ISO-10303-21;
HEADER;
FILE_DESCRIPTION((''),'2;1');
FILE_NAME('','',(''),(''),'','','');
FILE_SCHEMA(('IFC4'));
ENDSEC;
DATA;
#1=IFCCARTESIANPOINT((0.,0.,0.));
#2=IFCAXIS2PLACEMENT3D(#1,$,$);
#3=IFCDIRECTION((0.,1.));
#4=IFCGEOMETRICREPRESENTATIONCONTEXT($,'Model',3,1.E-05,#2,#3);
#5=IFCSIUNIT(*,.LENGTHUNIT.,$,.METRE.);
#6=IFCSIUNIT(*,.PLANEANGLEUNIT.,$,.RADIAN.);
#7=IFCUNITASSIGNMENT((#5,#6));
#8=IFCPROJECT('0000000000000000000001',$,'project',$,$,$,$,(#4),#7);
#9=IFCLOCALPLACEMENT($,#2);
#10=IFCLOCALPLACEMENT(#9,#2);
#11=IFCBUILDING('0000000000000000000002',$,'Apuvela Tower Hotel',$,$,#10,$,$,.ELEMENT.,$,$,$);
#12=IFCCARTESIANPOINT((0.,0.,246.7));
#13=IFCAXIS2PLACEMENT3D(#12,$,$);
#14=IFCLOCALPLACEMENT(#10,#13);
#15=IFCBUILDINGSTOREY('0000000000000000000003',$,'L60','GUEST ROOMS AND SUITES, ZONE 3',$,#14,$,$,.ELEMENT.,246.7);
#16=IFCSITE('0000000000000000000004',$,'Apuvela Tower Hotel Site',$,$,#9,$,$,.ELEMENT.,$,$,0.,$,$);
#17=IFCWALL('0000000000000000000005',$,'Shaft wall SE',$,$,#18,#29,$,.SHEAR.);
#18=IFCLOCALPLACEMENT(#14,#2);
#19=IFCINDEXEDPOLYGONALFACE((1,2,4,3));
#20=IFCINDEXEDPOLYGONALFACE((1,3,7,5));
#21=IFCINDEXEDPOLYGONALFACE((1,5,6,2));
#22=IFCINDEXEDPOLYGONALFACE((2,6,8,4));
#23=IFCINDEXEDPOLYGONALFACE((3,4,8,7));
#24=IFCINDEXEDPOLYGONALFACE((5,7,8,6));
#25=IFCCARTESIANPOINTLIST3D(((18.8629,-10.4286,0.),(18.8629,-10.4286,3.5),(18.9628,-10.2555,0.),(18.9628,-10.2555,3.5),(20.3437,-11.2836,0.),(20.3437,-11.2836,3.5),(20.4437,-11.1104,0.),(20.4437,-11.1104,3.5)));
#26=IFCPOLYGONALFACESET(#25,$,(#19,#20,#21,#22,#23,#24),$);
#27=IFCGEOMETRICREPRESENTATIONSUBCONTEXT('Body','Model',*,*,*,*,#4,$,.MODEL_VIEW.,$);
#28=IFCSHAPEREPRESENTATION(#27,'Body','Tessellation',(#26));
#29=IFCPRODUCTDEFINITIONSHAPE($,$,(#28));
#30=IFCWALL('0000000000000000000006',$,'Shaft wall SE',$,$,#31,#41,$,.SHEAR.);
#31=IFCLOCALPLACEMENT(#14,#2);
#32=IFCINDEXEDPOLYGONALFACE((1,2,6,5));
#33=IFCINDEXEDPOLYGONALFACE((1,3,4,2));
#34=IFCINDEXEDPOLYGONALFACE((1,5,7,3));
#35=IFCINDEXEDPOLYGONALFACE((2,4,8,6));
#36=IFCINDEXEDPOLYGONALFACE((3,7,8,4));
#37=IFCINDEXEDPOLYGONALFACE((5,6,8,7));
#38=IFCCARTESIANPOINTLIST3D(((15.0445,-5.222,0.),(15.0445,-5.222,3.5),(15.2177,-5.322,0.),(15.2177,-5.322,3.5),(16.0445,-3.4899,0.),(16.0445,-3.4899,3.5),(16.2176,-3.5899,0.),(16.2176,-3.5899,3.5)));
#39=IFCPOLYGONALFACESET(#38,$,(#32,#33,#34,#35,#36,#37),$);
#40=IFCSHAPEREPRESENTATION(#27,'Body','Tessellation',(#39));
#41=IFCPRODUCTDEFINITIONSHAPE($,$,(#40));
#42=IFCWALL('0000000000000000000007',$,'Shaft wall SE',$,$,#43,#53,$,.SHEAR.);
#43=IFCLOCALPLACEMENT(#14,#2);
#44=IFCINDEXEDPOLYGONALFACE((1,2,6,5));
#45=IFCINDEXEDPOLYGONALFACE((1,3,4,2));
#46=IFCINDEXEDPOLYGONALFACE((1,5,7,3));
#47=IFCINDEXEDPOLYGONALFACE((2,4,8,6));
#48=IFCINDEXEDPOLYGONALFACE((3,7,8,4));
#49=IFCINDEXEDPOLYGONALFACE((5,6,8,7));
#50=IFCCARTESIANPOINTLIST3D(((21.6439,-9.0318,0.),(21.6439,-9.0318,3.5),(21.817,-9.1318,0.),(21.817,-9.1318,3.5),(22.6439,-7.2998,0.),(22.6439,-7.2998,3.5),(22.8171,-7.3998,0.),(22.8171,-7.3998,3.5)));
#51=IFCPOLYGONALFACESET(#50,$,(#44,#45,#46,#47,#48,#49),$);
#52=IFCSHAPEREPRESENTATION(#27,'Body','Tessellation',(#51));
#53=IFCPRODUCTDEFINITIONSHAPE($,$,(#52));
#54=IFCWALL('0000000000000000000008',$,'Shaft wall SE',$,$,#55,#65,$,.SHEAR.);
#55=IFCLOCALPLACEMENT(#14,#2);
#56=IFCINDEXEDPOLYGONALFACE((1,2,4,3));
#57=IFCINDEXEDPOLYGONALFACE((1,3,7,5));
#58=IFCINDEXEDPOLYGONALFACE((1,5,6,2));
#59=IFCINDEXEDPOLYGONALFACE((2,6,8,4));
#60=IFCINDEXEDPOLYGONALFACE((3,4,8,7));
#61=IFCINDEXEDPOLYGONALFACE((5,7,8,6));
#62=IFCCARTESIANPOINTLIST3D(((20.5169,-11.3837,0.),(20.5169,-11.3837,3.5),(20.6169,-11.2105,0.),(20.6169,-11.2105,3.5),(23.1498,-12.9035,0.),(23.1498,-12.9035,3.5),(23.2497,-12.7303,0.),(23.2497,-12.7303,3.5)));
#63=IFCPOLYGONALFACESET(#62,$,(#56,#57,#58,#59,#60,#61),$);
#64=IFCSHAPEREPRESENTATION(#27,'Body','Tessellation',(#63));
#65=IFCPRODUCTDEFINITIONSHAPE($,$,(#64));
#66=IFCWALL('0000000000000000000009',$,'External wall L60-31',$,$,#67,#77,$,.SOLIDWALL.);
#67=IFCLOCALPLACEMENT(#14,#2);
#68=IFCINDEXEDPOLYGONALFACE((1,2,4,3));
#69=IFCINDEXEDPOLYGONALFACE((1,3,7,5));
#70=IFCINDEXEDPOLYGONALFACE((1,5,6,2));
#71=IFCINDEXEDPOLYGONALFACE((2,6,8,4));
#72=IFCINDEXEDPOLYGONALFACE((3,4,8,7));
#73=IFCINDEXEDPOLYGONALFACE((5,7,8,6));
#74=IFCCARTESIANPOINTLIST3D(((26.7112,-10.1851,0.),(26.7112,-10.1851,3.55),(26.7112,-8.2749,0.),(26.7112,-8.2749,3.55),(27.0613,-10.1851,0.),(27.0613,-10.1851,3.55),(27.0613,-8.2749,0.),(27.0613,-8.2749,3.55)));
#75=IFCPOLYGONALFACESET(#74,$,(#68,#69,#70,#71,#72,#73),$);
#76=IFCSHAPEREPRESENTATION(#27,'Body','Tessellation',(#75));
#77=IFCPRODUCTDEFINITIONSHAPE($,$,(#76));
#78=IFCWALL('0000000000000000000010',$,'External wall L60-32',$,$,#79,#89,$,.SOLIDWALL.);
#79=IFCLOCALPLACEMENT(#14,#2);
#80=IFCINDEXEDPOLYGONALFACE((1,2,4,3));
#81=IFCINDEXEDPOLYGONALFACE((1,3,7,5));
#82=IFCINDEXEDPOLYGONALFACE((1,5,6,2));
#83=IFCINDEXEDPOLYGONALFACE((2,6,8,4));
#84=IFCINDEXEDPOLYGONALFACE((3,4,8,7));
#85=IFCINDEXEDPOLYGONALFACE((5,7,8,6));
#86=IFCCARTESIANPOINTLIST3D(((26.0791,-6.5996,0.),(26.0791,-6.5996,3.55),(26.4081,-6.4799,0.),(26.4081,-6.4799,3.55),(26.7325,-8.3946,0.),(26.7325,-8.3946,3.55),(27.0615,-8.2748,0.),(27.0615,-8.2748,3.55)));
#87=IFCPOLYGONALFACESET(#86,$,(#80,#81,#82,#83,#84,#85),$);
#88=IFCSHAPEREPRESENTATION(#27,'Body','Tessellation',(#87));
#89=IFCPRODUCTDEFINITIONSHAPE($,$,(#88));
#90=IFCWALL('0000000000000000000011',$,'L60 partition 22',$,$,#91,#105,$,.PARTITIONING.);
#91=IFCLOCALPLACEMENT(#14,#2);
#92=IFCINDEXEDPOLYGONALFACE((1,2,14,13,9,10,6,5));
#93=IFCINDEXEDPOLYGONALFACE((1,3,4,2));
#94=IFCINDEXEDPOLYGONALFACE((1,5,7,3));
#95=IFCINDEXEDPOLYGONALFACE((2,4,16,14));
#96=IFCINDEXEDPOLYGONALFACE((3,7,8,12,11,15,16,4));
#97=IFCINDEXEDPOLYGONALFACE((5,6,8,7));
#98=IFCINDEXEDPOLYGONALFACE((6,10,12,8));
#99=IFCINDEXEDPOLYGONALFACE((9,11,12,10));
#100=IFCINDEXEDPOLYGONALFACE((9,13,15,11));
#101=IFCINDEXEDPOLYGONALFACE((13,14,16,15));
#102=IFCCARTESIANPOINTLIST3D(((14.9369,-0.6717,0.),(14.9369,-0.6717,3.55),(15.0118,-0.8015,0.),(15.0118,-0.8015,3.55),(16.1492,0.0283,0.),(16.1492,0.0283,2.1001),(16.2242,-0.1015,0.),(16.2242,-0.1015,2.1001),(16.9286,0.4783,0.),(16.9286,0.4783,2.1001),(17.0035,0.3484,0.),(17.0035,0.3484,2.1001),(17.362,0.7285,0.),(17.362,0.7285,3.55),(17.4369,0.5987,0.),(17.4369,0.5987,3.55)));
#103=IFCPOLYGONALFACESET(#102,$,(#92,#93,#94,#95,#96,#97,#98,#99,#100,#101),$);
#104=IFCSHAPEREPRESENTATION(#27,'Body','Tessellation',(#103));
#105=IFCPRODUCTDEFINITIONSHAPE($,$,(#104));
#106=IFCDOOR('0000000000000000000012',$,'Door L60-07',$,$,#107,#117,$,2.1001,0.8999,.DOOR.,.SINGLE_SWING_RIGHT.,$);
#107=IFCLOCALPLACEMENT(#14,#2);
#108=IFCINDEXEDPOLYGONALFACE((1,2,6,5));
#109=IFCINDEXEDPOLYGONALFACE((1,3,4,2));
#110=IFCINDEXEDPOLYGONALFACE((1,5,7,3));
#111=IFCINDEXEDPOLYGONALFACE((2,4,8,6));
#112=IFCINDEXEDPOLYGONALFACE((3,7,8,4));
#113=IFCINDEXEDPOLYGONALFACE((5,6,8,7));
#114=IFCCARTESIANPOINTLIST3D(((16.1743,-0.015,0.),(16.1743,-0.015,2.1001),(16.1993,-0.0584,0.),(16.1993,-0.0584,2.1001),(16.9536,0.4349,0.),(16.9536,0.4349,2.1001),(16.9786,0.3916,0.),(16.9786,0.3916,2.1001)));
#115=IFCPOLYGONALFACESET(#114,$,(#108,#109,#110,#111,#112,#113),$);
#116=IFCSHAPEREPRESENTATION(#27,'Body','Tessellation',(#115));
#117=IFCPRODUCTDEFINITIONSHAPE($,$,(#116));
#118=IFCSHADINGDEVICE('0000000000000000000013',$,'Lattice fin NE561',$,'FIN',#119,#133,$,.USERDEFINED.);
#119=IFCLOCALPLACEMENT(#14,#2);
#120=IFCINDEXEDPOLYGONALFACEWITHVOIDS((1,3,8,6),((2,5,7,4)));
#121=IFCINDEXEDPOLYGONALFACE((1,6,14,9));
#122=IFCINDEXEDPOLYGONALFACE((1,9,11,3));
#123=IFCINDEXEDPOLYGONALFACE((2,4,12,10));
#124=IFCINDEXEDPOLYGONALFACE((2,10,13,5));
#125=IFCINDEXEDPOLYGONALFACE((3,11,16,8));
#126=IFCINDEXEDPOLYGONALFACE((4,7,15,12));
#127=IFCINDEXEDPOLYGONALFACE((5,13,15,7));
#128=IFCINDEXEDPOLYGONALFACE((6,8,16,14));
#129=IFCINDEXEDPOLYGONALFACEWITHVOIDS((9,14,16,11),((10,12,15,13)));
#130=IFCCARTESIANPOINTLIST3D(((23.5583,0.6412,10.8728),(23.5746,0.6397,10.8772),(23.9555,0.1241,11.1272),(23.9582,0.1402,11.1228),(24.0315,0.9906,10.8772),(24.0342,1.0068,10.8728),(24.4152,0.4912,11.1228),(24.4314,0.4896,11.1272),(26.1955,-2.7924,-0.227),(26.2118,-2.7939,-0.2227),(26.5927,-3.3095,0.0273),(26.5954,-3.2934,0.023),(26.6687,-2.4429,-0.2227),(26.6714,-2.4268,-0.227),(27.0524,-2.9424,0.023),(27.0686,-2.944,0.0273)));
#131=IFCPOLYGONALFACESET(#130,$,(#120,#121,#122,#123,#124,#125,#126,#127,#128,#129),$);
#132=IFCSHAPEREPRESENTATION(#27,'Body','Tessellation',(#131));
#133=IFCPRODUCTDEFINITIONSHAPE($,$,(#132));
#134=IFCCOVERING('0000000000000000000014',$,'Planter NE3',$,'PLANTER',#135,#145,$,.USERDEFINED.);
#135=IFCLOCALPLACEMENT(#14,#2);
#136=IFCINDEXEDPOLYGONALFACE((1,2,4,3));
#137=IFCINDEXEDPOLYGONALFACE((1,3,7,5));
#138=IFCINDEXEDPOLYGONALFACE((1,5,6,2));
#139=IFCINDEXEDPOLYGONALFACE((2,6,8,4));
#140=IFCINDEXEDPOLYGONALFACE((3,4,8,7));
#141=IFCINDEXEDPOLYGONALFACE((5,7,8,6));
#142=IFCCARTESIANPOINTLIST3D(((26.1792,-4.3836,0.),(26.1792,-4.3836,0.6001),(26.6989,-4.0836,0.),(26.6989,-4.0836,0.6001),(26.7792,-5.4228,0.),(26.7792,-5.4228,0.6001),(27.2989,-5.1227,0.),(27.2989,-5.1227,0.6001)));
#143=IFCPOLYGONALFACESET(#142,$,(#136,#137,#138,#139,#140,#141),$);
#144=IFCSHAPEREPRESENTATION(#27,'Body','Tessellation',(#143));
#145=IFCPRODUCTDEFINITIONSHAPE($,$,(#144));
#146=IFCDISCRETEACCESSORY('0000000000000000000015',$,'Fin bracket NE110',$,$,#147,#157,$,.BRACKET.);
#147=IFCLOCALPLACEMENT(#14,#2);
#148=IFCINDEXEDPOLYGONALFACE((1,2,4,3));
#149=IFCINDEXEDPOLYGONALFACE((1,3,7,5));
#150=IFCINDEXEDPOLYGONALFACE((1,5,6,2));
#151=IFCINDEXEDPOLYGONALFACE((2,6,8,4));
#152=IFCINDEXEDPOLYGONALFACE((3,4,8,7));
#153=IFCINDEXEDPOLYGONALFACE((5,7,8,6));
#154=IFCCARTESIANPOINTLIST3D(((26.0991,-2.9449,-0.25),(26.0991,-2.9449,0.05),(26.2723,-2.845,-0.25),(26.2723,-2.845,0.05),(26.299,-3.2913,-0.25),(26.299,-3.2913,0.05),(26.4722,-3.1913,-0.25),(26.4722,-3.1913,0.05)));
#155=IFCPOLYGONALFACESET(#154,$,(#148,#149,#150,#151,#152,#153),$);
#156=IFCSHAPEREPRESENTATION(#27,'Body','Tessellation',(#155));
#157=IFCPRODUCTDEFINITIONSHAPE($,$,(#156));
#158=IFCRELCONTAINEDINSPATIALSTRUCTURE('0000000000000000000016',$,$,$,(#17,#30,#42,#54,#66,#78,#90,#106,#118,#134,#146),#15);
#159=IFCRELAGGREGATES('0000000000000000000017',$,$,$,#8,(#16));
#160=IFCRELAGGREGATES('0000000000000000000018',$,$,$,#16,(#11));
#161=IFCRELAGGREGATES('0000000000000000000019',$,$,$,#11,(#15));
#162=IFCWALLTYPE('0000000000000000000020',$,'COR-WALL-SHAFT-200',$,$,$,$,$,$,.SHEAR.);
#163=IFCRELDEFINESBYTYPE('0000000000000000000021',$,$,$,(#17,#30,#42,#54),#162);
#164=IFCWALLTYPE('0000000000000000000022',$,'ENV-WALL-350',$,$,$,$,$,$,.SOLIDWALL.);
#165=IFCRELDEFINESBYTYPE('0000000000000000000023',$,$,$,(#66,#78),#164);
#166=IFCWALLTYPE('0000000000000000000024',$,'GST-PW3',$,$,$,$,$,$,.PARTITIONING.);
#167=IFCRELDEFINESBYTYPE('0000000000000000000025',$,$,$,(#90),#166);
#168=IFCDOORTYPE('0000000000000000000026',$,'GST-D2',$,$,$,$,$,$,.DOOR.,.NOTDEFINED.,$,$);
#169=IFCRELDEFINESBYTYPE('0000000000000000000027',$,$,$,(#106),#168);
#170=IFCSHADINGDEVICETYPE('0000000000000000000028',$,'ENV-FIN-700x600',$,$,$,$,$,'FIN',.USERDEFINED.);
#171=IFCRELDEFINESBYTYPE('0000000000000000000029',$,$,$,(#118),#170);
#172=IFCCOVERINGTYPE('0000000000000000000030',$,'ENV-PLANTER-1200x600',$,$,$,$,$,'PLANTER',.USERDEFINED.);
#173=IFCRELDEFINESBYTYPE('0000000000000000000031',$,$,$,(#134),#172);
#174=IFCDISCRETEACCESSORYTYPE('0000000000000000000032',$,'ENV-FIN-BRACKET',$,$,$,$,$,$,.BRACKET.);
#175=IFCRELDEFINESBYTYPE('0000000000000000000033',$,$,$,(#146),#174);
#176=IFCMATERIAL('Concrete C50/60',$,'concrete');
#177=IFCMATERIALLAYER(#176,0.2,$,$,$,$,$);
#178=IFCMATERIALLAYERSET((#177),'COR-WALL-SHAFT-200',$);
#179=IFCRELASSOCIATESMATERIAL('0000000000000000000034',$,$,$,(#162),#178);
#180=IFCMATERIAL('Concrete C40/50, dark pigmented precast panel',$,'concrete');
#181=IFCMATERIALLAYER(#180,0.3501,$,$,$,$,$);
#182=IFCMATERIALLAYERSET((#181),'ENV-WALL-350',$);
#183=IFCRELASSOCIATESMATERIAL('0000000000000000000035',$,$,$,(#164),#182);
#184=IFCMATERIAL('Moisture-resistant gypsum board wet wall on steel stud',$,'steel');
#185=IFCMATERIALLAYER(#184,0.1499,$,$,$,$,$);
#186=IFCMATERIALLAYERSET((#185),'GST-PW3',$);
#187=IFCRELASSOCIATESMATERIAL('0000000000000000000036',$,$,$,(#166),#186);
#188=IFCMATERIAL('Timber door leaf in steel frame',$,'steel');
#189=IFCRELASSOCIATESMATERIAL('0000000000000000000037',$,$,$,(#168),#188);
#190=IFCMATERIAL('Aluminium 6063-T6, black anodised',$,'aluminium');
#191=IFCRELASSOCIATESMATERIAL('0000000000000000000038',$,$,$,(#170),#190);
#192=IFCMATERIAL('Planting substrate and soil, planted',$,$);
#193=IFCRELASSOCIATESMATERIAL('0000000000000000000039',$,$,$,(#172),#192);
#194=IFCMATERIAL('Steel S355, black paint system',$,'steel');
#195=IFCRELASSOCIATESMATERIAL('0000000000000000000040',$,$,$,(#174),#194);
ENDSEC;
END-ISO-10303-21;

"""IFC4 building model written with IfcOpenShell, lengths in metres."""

from ifc_helpers import new_model, si_unit, direction, frame, frame_2d, origin, origin_2d, place, context, subcontext, project, spatial, rectangle, hollow_rectangle, extrude, material, layer, layer_set, material_profile, profile_set, type_object, element, fill, save


model = new_model("IFC4")

# Units and contexts
model_context = context("Model", 3, precision=1e-05, world=origin(), true_north=direction((0.0, 1.0)))
body_context = subcontext(model_context, "Body", "Model", "MODEL_VIEW")
ifc_project = project(units=[si_unit("LENGTHUNIT", "METRE"), si_unit("PLANEANGLEUNIT", "RADIAN")], contexts=[model_context])

# Site, building, storey
site_placement = place(None, origin())
site = spatial("IfcSite", under=ifc_project, at=site_placement, Name="Apuvela Tower Hotel Site", CompositionType="ELEMENT", RefElevation=0.0)
building_placement = place(site_placement, origin())
building = spatial("IfcBuilding", under=site, at=building_placement, Name="Apuvela Tower Hotel", CompositionType="ELEMENT")
storey_placement = place(building_placement, frame((0.0, 0.0, 246.7)))
storey = spatial("IfcBuildingStorey", under=building, at=storey_placement, Name="L60", Description="GUEST ROOMS AND SUITES, ZONE 3", CompositionType="ELEMENT", Elevation=246.7)

# Walls
ifc_material_1 = material(Name="Concrete C50/60", Category="concrete")
ifc_layer_1 = layer(ifc_material_1, 0.2)
ifc_layer_set_1 = layer_set([ifc_layer_1], Name="COR-WALL-SHAFT-200")
wall_type_1 = type_object("IfcWallType", Name="COR-WALL-SHAFT-200", PredefinedType="SHEAR", material=ifc_layer_set_1)
wall_1_placement = place(storey_placement, frame((18.9128, -10.342, 0.0), z_axis=(0.0, 0.0, 1.0), x_axis=(0.866038, -0.499978, 0.0)))
element("IfcWall", 1, at=wall_1_placement, inside=storey, type_object=wall_type_1, Name="Shaft wall SE", PredefinedType="SHEAR", context=body_context, shape_type="SweptSolid", body=[
    extrude(rectangle(XDim=1.71, YDim=0.2, at=frame_2d((0.855, 0.0))), origin(), (0.0, 0.0, 1.0), 3.5),
])
for number, where, z_axis, x_axis, name in (
    (2, (15.1311, -5.272, 0.0), (0.0, 0.0, 1.0), (0.499973, 0.866041, 0.0), "Shaft wall SE"),
    (3, (21.7305, -9.0818, 0.0), (0.0, 0.0, 1.0), (0.500025, 0.866011, 0.0), "Shaft wall SE"),
):
    element("IfcWall", number, at=place(storey_placement, frame(where, z_axis=z_axis, x_axis=x_axis)), inside=storey, type_object=wall_type_1, Name=name, PredefinedType="SHEAR", context=body_context, shape_type="SweptSolid", body=[
        extrude(rectangle(XDim=2.0, YDim=0.2, at=frame_2d((1.0, 0.0))), origin(), (0.0, 0.0, 1.0), 3.5),
    ])
wall_2_placement = place(storey_placement, frame((20.5669, -11.2971, 0.0), z_axis=(0.0, 0.0, 1.0), x_axis=(0.866065, -0.499931, 0.0)))
element("IfcWall", 4, at=wall_2_placement, inside=storey, type_object=wall_type_1, Name="Shaft wall SE", PredefinedType="SHEAR", context=body_context, shape_type="SweptSolid", body=[
    extrude(rectangle(XDim=3.04, YDim=0.2, at=frame_2d((1.52, 0.0))), origin(), (0.0, 0.0, 1.0), 3.5),
])
ifc_material_2 = material(Name="Concrete C40/50, dark pigmented precast panel", Category="concrete")
ifc_layer_2 = layer(ifc_material_2, 0.3501)
ifc_layer_set_2 = layer_set([ifc_layer_2], Name="ENV-WALL-350")
wall_type_2 = type_object("IfcWallType", Name="ENV-WALL-350", PredefinedType="SOLIDWALL", material=ifc_layer_set_2)
for number, where, z_axis, x_axis, name in (
    (5, (26.8862, -10.1851, 0.0), (0.0, 0.0, 1.0), (0.0, 1.0, 0.0), "External wall L60-31"),
    (6, (26.897, -8.3347, 0.0), (0.0, 0.0, 1.0), (-0.34203, 0.939689, 0.0), "External wall L60-32"),
):
    element("IfcWall", number, at=place(storey_placement, frame(where, z_axis=z_axis, x_axis=x_axis)), inside=storey, type_object=wall_type_2, Name=name, PredefinedType="SOLIDWALL", context=body_context, shape_type="SweptSolid", body=[
        extrude(rectangle(XDim=1.9102, YDim=0.3501, at=frame_2d((0.9551, 0.0))), origin(), (0.0, 0.0, 1.0), 3.55),
    ])

# Wall, opening, door
ifc_material_3 = material(Name="Moisture-resistant gypsum board wet wall on steel stud", Category="steel")
ifc_layer_3 = layer(ifc_material_3, 0.1499)
ifc_layer_set_3 = layer_set([ifc_layer_3], Name="GST-PW3")
wall_type_3 = type_object("IfcWallType", Name="GST-PW3", PredefinedType="PARTITIONING", material=ifc_layer_set_3)
wall_3_placement = place(storey_placement, frame((14.9744, -0.7366, 0.0), z_axis=(0.0, 0.0, 1.0), x_axis=(0.866019, 0.500012, 0.0)))
wall_3 = element("IfcWall", 7, at=wall_3_placement, inside=storey, type_object=wall_type_3, Name="L60 partition 22", PredefinedType="PARTITIONING", context=body_context, shape_type="SweptSolid", body=[
    extrude(rectangle(XDim=2.8003, YDim=0.1499, at=frame_2d((1.4001, 0.0))), origin(), (0.0, 0.0, 1.0), 3.55),
])
opening_1_placement = place(wall_3_placement, frame((1.3999, 0.0, 0.0)))
opening_1 = element("IfcOpeningElement", 8, at=opening_1_placement, cuts=wall_3, PredefinedType="OPENING", context=body_context, shape_type="SweptSolid", body=[
    extrude(rectangle(XDim=0.8999, YDim=2.1001, at=frame_2d((0.45, 1.05))), frame((0.0, 0.085, 0.0), z_axis=(0.0, -1.0, 0.0), x_axis=(1.0, 0.0, 0.0)), (0.0, 0.0, 1.0), 0.1699),
])
ifc_material_4 = material(Name="Timber door leaf in steel frame", Category="steel")
door_type_1 = type_object("IfcDoorType", Name="GST-D2", OperationType="NOTDEFINED", PredefinedType="DOOR", material=ifc_material_4)
door_1_placement = place(opening_1_placement, origin())
door_1 = element("IfcDoor", 9, at=door_1_placement, inside=storey, type_object=door_type_1, Name="Door L60-07", OperationType="SINGLE_SWING_RIGHT", OverallHeight=2.1001, OverallWidth=0.8999, PredefinedType="DOOR", context=body_context, shape_type="SweptSolid", body=[
    extrude(rectangle(XDim=0.8999, YDim=2.1001, at=frame_2d((0.45, 1.05))), frame((0.0, 0.0249, 0.0), z_axis=(0.0, -1.0, 0.0), x_axis=(1.0, 0.0, 0.0)), (0.0, 0.0, 1.0), 0.05),
])
fill(opening_1, door_1)

# Shading device
ifc_material_5 = material(Name="Aluminium 6063-T6, black anodised", Category="aluminium")
ifc_material_profile_1 = material_profile(ifc_material_5, hollow_rectangle(XDim=0.6001, YDim=0.7, WallThickness=0.012, at=origin_2d()), Name="AL BOX 700x600x12")
ifc_profile_set_1 = profile_set([ifc_material_profile_1], Name="Aluminium 6063-T6, black anodised")
shading_device_type = type_object("IfcShadingDeviceType", Name="ENV-FIN-700x600", ElementType="FIN", PredefinedType="USERDEFINED", material=ifc_profile_set_1)
shading_device_placement = place(storey_placement, frame((26.6321, -2.8682, -0.0999), z_axis=(-0.221348, 0.28819, 0.931639), x_axis=(-0.793072, -0.609127, 0.0)))
element("IfcShadingDevice", 10, at=shading_device_placement, inside=storey, type_object=shading_device_type, Name="Lattice fin NE561", ObjectType="FIN", PredefinedType="USERDEFINED", context=body_context, shape_type="SweptSolid", body=[
    extrude(hollow_rectangle(XDim=0.6001, YDim=0.7, WallThickness=0.012, at=origin_2d()), origin(), (0.0, 0.0, 1.0), 11.9143),
])

# Covering
ifc_material_6 = material(Name="Planting substrate and soil, planted")
covering_type = type_object("IfcCoveringType", Name="ENV-PLANTER-1200x600", ElementType="PLANTER", PredefinedType="USERDEFINED", material=ifc_material_6)
covering_placement = place(storey_placement, frame((26.739, -4.7532, 0.0), z_axis=(0.0, 0.0, 1.0), x_axis=(-0.5, 0.866025, 0.0)))
element("IfcCovering", 11, at=covering_placement, inside=storey, type_object=covering_type, Name="Planter NE3", ObjectType="PLANTER", PredefinedType="USERDEFINED", context=body_context, shape_type="SweptSolid", body=[
    extrude(rectangle(XDim=1.2, YDim=0.6001, at=origin_2d()), origin(), (0.0, 0.0, 1.0), 0.6001),
])

# Discrete accessory
ifc_material_7 = material(Name="Steel S355, black paint system", Category="steel")
discrete_accessory_type = type_object("IfcDiscreteAccessoryType", Name="ENV-FIN-BRACKET", PredefinedType="BRACKET", material=ifc_material_7)
discrete_accessory_placement = place(storey_placement, frame((26.2856, -3.0681, -0.25), z_axis=(0.0, 0.0, 1.0), x_axis=(-0.5, 0.866025, 0.0)))
element("IfcDiscreteAccessory", 12, at=discrete_accessory_placement, inside=storey, type_object=discrete_accessory_type, Name="Fin bracket NE110", PredefinedType="BRACKET", context=body_context, shape_type="SweptSolid", body=[
    extrude(rectangle(XDim=0.3999, YDim=0.2, at=origin_2d()), origin(), (0.0, 0.0, 1.0), 0.3),
])

save(model, "model.ifc")
